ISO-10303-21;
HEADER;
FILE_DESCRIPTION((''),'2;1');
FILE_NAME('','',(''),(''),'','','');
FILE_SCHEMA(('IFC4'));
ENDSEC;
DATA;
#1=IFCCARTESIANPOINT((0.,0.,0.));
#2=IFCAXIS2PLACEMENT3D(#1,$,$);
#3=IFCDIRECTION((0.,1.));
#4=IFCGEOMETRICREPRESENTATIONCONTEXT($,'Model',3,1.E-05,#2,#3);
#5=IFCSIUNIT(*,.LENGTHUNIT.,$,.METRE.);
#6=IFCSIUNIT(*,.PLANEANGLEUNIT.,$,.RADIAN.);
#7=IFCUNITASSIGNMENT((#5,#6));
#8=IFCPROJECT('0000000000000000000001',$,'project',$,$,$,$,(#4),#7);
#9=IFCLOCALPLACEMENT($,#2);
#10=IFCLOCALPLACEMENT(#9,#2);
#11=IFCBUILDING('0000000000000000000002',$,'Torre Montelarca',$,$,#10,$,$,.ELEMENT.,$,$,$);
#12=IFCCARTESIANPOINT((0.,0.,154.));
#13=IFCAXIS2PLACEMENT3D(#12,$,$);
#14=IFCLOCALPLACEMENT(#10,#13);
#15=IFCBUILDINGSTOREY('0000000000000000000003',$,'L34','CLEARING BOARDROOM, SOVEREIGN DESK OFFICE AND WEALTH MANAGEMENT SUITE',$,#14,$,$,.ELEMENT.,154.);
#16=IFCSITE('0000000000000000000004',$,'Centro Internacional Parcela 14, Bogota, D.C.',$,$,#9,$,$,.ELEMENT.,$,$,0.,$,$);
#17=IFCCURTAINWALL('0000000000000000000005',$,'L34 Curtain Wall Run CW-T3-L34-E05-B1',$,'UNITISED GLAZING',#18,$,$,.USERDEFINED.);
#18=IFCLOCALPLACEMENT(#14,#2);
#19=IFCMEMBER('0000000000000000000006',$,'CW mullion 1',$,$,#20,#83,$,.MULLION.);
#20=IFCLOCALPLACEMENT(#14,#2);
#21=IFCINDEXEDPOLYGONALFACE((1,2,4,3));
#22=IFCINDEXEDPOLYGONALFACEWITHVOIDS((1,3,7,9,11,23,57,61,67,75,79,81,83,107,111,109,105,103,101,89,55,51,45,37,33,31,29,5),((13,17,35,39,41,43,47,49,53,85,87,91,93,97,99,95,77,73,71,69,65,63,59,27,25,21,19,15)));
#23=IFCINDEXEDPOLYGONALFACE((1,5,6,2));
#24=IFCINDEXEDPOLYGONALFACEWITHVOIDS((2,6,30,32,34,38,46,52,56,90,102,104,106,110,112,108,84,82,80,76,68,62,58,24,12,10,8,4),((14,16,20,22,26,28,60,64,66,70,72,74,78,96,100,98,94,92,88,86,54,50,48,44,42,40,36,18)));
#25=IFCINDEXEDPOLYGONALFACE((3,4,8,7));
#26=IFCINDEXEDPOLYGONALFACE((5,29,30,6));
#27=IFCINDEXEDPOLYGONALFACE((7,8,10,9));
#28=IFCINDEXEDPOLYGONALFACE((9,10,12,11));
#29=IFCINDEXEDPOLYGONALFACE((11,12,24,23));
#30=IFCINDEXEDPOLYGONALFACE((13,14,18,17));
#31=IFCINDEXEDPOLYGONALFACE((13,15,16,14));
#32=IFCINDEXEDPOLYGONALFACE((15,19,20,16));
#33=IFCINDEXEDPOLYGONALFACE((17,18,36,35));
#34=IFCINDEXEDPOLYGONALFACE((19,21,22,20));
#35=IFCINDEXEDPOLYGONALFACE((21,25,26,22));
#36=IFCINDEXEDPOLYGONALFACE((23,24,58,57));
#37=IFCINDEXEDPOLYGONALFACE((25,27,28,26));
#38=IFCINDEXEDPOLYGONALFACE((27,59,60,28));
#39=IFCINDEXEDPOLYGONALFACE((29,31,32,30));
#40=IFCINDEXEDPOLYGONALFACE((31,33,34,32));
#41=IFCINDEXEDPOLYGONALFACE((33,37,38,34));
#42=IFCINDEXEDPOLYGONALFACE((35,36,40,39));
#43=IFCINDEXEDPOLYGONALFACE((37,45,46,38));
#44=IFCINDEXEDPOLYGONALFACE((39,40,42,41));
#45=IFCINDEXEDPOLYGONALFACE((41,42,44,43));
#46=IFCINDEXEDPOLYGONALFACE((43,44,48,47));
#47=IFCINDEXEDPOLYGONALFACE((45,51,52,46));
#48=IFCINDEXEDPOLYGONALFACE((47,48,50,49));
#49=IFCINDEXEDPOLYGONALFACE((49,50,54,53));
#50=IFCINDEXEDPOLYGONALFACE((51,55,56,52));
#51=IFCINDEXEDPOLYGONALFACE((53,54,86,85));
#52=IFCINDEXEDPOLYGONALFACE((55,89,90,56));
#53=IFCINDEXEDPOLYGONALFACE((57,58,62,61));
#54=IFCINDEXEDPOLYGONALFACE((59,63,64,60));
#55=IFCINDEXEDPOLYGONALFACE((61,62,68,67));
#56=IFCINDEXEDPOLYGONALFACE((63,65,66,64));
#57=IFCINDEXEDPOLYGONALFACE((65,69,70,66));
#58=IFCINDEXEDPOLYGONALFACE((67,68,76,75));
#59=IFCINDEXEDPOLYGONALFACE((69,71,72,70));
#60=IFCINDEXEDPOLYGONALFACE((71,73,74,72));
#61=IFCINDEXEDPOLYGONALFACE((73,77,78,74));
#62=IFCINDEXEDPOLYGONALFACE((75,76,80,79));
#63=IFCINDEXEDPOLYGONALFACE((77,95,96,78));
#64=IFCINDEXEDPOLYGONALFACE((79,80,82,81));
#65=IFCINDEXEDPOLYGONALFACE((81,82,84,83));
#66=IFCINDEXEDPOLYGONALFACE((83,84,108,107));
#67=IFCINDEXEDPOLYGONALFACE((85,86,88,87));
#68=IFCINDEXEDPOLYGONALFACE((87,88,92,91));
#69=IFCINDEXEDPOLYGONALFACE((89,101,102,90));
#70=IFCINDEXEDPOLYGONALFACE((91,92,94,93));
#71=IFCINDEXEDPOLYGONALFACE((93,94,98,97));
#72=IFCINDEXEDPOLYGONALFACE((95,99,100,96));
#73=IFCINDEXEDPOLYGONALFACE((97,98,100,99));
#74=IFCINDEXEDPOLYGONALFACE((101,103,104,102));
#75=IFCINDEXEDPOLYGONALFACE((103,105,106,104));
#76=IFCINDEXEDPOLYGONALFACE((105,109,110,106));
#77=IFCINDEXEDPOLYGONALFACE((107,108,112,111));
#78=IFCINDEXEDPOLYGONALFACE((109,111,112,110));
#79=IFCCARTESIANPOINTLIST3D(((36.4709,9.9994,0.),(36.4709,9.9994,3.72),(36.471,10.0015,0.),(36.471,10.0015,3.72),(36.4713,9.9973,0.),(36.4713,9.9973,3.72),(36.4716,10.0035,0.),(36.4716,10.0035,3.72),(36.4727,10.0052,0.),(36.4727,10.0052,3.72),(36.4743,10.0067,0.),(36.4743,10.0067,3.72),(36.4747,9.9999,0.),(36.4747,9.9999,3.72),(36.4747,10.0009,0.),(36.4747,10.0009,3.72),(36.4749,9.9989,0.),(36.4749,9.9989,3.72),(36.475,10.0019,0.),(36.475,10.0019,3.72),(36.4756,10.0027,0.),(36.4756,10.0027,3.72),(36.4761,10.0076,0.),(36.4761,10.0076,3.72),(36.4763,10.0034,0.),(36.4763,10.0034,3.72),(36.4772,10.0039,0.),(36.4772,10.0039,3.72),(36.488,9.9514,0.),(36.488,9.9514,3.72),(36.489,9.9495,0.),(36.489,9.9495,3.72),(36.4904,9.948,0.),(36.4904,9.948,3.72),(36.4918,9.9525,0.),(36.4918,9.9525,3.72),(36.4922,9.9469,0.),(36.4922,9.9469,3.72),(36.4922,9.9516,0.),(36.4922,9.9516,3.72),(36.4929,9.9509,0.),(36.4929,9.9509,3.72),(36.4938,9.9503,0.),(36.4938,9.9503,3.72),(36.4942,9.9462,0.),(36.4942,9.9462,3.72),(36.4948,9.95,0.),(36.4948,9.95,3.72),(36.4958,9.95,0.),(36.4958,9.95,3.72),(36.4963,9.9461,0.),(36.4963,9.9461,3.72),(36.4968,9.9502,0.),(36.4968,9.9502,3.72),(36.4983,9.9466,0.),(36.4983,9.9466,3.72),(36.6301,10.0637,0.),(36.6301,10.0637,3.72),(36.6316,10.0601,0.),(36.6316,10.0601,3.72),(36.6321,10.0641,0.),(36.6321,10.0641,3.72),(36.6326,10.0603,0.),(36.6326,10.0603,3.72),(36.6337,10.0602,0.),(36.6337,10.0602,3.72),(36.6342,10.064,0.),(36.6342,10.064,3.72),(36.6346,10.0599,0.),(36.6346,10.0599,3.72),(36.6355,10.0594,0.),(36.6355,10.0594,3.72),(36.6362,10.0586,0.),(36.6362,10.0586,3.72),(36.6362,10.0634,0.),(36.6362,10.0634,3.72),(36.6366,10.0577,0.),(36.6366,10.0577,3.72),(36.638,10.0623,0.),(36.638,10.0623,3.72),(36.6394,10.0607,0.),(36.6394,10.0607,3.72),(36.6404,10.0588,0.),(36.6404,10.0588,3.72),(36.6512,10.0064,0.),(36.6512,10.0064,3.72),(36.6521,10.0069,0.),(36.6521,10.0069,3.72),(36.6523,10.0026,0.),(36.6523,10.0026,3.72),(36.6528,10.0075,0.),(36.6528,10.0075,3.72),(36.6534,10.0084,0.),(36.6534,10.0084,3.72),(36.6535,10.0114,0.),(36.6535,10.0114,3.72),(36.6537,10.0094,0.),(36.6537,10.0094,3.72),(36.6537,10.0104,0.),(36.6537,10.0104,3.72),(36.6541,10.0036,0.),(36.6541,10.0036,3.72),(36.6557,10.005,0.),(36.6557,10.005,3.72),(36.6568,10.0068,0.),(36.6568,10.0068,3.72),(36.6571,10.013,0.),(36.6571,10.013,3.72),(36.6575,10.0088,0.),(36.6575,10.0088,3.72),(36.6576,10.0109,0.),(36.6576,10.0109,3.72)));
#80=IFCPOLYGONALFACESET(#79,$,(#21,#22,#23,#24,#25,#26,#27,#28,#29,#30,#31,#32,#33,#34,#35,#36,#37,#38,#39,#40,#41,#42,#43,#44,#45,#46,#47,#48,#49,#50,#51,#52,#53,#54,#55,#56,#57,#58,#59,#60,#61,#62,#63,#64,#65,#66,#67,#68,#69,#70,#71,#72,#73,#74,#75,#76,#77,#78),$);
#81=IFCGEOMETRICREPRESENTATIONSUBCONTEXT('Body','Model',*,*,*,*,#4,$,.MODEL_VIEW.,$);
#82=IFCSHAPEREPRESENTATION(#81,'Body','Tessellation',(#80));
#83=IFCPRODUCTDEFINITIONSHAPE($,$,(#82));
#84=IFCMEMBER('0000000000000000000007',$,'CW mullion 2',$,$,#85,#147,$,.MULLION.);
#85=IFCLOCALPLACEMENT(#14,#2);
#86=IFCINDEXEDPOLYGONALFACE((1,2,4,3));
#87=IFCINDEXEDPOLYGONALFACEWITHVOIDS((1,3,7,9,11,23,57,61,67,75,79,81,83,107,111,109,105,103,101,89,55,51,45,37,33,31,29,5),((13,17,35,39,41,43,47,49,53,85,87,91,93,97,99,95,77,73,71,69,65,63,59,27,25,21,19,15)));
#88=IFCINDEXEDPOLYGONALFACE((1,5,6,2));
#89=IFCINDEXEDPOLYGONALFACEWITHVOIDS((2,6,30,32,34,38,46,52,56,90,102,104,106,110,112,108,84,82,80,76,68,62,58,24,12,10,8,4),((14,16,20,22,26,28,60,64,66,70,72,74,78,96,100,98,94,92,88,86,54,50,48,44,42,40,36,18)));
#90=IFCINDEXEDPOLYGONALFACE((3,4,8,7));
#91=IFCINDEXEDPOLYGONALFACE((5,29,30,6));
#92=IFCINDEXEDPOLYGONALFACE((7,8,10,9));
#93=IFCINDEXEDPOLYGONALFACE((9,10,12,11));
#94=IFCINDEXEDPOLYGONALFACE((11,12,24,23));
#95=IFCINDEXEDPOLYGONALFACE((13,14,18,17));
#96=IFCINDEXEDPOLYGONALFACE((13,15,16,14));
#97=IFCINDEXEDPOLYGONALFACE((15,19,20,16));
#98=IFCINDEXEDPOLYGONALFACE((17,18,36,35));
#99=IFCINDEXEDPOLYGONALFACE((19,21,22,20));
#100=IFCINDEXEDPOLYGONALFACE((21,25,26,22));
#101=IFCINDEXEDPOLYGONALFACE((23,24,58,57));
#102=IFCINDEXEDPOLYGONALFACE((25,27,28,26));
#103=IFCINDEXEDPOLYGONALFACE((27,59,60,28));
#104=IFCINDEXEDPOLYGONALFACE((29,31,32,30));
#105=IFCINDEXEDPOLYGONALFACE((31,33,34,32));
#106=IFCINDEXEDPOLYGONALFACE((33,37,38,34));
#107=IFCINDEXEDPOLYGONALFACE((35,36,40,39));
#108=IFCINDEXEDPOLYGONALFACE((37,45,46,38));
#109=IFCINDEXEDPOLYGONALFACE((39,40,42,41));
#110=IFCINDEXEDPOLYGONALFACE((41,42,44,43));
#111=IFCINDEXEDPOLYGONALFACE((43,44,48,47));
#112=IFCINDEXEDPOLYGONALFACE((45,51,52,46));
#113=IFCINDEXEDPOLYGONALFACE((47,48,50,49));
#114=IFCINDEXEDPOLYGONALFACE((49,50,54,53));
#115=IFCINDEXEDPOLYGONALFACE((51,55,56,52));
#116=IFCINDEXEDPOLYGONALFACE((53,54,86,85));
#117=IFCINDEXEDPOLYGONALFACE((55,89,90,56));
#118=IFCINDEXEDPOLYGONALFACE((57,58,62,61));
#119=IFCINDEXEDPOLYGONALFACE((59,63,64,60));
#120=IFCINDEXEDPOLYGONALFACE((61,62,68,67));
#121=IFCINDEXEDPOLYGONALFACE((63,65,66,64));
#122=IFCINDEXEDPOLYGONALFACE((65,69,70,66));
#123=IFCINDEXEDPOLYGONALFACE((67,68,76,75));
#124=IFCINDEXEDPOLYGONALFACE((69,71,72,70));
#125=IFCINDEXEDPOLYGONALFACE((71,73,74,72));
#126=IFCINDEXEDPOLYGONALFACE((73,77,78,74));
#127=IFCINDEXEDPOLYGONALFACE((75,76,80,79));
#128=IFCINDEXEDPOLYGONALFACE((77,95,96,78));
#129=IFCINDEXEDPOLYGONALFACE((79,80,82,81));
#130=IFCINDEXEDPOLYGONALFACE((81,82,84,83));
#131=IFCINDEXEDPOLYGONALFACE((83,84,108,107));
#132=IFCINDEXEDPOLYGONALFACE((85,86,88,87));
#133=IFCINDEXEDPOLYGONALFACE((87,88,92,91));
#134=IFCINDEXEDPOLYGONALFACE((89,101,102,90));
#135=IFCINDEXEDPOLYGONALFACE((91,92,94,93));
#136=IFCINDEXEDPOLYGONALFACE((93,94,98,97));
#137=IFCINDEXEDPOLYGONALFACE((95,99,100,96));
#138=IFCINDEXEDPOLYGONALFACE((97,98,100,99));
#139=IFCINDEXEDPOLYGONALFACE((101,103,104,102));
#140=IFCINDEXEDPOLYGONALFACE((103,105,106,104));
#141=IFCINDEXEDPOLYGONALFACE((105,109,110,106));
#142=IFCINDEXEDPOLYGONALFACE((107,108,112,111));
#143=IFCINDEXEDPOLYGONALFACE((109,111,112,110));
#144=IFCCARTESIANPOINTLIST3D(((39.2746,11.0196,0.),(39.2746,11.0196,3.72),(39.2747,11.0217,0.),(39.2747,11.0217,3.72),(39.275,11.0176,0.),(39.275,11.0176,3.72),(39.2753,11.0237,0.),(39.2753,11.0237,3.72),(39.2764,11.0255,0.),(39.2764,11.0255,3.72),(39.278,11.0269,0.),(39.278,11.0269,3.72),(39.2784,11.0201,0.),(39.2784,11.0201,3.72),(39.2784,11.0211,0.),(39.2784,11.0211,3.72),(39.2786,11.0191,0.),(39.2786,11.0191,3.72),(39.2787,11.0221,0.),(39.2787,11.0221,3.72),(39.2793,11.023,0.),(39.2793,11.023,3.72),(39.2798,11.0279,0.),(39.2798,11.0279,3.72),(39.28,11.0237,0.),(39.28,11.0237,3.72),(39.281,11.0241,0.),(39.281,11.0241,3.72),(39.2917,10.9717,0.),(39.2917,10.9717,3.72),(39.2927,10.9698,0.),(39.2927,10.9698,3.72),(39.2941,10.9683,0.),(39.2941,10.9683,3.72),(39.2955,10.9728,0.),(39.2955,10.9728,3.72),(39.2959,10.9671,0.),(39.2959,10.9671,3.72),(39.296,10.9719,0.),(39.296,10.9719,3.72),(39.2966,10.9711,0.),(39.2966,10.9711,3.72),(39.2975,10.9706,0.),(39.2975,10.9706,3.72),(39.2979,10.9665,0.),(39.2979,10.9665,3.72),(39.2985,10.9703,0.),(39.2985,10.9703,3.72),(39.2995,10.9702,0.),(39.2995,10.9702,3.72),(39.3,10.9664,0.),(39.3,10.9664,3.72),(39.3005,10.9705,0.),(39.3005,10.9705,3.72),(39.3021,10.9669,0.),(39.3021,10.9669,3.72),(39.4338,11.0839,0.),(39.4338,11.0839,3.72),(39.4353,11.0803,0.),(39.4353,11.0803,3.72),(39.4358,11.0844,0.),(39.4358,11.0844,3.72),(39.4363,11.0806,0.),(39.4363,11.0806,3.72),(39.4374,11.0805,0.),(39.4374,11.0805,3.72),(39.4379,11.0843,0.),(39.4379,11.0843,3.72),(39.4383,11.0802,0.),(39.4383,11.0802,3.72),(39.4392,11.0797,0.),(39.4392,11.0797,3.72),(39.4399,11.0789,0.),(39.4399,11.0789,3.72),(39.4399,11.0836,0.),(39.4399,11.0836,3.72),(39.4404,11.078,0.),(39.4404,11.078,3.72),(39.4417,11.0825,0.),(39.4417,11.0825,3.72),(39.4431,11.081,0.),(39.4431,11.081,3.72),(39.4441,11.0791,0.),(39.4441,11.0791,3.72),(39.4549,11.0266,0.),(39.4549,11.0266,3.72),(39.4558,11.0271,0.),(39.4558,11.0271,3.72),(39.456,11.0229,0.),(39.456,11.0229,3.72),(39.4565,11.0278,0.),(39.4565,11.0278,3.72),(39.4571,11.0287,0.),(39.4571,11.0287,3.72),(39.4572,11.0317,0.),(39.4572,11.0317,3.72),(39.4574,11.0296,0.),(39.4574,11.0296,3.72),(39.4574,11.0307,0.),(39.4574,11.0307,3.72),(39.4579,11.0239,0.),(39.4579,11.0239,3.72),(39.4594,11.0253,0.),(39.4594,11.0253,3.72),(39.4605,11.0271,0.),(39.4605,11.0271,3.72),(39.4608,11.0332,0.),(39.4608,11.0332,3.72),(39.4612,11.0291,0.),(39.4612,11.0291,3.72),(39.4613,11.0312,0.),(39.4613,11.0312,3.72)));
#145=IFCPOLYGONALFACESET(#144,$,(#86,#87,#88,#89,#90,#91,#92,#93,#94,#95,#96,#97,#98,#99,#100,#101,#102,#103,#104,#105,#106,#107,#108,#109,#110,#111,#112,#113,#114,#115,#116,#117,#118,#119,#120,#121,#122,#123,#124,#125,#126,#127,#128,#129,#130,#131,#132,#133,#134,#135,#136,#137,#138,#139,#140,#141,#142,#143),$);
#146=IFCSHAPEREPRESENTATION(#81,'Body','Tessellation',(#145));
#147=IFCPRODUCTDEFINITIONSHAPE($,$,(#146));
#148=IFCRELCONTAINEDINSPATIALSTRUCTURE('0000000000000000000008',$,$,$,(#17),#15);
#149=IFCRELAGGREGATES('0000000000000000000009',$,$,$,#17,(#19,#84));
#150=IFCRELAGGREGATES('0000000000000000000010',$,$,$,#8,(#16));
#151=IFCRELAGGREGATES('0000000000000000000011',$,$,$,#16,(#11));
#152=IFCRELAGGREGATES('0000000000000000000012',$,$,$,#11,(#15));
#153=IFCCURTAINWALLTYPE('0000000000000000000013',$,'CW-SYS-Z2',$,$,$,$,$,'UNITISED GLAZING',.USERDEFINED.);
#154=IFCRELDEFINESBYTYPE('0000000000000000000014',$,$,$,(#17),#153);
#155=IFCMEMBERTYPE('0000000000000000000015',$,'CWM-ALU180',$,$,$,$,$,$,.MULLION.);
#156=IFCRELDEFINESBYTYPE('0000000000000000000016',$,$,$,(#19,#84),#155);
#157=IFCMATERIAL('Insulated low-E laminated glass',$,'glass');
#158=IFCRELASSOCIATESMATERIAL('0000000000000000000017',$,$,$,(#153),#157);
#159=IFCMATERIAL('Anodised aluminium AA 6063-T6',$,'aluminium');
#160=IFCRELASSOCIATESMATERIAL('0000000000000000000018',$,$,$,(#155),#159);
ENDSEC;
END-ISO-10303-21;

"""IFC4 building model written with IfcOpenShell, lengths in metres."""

from ifc_helpers import new_model, si_unit, direction, frame, origin, origin_2d, place, context, subcontext, project, spatial, hollow_rectangle, extrude, source, transform, mapped, material, material_profile, profile_set, type_object, element, aggregate, save


model = new_model("IFC4")

# Units and contexts
model_context = context("Model", 3, precision=1e-05, world=origin(), true_north=direction((0.0, 1.0)))
body_context = subcontext(model_context, "Body", "Model", "MODEL_VIEW")
ifc_project = project(units=[si_unit("LENGTHUNIT", "METRE"), si_unit("PLANEANGLEUNIT", "RADIAN")], contexts=[model_context])

# Site, building, storey
site_placement = place(None, origin())
site = spatial("IfcSite", under=ifc_project, at=site_placement, Name="Centro Internacional Parcela 14, Bogota, D.C.", CompositionType="ELEMENT", RefElevation=0.0)
building_placement = place(site_placement, origin())
building = spatial("IfcBuilding", under=site, at=building_placement, Name="Torre Montelarca", CompositionType="ELEMENT")
storey_placement = place(building_placement, frame((0.0, 0.0, 154.0)))
storey = spatial("IfcBuildingStorey", under=building, at=storey_placement, Name="L34", Description="CLEARING BOARDROOM, SOVEREIGN DESK OFFICE AND WEALTH MANAGEMENT SUITE", CompositionType="ELEMENT", Elevation=154.0)

# Curtain wall, members
ifc_material_1 = material(Name="Insulated low-E laminated glass", Category="glass")
curtain_wall_type = type_object("IfcCurtainWallType", Name="CW-SYS-Z2", ElementType="UNITISED GLAZING", PredefinedType="USERDEFINED", material=ifc_material_1)
curtain_wall_1_placement = place(storey_placement, origin())
curtain_wall_1 = element("IfcCurtainWall", 1, at=curtain_wall_1_placement, inside=storey, type_object=curtain_wall_type, Name="L34 Curtain Wall Run CW-T3-L34-E05-B1", ObjectType="UNITISED GLAZING", PredefinedType="USERDEFINED")
ifc_material_2 = material(Name="Anodised aluminium AA 6063-T6", Category="aluminium")
ifc_material_profile_1 = material_profile(ifc_material_2, hollow_rectangle(XDim=0.0649, YDim=0.1799, WallThickness=0.0039, InnerFilletRadius=0.0039, OuterFilletRadius=0.0081, at=origin_2d()), Name="ALU65X180X4", Category="aluminium")
ifc_profile_set_1 = profile_set([ifc_material_profile_1], Name="Anodised aluminium AA 6063-T6")
member_type_1 = type_object("IfcMemberType", Name="CWM-ALU180", PredefinedType="MULLION", material=ifc_profile_set_1)
shared_shape_1 = source(origin(), body_context, "Body", "SweptSolid", [
    extrude(hollow_rectangle(XDim=0.0649, YDim=0.1799, WallThickness=0.0039, InnerFilletRadius=0.0039, OuterFilletRadius=0.0081, at=origin_2d()), origin(), (0.0, 0.0, 1.0), 3.72),
])
member_1_placement = place(storey_placement, frame((36.5642, 10.0051, 0.0), z_axis=(0.0, 0.0, 1.0), x_axis=(-0.342016, 0.939694, 0.0)))
member_1 = element("IfcMember", 2, at=member_1_placement, type_object=member_type_1, Name="CW mullion 1", PredefinedType="MULLION", context=body_context, shape_type="MappedRepresentation", body=[
    mapped(shared_shape_1, transform((0.0, 0.0, 0.0), scale=1.0)),
])
member_2_placement = place(storey_placement, frame((39.3679, 11.0254, 0.0), z_axis=(0.0, 0.0, 1.0), x_axis=(-0.342016, 0.939694, 0.0)))
member_2 = element("IfcMember", 3, at=member_2_placement, type_object=member_type_1, Name="CW mullion 2", PredefinedType="MULLION", context=body_context, shape_type="MappedRepresentation", body=[
    mapped(shared_shape_1, transform((0.0, 0.0, 0.0), scale=1.0)),
])

aggregate(curtain_wall_1, [member_1, member_2])

save(model, "model.ifc")
